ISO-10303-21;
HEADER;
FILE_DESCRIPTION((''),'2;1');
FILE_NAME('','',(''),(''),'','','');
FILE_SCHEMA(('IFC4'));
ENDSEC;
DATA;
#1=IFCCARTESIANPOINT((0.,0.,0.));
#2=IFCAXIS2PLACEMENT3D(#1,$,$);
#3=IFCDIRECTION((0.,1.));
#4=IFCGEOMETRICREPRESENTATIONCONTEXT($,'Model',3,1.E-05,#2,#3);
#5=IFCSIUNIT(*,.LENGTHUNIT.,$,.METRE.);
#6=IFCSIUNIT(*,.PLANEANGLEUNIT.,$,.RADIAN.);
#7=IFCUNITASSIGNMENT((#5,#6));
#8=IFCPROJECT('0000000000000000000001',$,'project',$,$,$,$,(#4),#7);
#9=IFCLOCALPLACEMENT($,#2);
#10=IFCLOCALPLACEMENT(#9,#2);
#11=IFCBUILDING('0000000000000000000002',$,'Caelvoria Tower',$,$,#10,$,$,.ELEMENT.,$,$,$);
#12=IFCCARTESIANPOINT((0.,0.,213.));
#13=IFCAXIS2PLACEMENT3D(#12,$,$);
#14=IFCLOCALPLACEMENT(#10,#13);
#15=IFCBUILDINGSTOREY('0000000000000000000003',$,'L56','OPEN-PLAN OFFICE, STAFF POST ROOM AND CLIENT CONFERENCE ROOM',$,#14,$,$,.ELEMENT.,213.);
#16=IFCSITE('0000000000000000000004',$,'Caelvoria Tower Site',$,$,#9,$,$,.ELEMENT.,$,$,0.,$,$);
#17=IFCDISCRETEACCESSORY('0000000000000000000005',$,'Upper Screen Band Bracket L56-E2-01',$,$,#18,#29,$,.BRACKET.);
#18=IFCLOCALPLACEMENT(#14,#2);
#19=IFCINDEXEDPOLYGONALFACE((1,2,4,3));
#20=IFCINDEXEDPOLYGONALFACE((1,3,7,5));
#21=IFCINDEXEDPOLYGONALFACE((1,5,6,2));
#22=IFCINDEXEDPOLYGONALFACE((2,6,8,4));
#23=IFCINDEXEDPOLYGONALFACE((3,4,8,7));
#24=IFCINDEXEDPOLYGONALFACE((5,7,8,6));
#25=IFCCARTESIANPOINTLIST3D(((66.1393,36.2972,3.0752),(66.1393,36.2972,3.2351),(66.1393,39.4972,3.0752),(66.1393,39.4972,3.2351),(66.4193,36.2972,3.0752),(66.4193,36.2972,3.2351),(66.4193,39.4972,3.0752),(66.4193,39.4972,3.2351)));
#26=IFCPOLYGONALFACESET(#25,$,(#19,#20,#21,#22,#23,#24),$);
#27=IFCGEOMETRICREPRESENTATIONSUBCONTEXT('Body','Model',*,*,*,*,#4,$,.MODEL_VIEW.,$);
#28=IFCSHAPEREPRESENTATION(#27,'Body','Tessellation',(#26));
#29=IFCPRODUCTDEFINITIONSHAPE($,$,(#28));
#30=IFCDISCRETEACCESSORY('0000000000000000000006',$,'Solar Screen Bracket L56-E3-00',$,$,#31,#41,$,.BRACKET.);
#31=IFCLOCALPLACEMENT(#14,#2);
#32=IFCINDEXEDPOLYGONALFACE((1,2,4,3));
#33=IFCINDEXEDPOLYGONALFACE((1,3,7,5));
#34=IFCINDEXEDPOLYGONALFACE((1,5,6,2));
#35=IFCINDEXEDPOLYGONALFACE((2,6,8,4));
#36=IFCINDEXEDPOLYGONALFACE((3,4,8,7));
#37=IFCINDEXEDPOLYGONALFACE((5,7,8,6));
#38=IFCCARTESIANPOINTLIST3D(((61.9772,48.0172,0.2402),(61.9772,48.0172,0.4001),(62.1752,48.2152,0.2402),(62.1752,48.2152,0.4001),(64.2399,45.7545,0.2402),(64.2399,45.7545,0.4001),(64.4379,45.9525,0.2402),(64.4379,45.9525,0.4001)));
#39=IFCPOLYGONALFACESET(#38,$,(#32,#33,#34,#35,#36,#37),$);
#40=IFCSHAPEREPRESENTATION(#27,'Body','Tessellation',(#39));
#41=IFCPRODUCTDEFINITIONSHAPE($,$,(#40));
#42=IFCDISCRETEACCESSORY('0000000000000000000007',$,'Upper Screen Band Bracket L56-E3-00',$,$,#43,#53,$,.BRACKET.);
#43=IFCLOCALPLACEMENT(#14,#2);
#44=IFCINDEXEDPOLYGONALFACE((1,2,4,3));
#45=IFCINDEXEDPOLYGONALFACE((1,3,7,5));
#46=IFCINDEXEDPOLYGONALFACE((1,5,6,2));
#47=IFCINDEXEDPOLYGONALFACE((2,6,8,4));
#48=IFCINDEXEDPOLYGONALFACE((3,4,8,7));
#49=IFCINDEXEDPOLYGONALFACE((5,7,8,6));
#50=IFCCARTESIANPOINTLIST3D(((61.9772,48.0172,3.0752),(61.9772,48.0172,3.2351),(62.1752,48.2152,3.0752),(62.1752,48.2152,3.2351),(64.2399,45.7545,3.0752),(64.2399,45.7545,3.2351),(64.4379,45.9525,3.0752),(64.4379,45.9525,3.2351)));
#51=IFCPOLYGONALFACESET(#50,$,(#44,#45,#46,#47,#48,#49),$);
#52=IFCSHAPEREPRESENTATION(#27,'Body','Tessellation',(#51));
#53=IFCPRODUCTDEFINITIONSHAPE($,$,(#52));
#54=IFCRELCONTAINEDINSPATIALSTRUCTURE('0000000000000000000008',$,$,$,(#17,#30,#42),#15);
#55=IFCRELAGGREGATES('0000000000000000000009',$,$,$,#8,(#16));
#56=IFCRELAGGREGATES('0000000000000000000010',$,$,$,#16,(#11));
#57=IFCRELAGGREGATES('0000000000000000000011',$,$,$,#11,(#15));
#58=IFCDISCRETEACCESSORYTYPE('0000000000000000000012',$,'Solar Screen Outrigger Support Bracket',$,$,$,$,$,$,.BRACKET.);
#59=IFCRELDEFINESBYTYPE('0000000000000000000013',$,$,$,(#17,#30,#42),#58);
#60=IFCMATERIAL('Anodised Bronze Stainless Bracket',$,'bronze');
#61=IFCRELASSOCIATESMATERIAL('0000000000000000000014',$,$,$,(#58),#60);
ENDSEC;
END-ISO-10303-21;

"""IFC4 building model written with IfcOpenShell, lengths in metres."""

from ifc_helpers import new_model, si_unit, direction, frame, origin, origin_2d, place, context, subcontext, project, spatial, rectangle, extrude, material, type_object, element, save


model = new_model("IFC4")

# Units and contexts
model_context = context("Model", 3, precision=1e-05, world=origin(), true_north=direction((0.0, 1.0)))
body_context = subcontext(model_context, "Body", "Model", "MODEL_VIEW")
ifc_project = project(units=[si_unit("LENGTHUNIT", "METRE"), si_unit("PLANEANGLEUNIT", "RADIAN")], contexts=[model_context])

# Site, building, storey
site_placement = place(None, origin())
site = spatial("IfcSite", under=ifc_project, at=site_placement, Name="Caelvoria Tower Site", CompositionType="ELEMENT", RefElevation=0.0)
building_placement = place(site_placement, origin())
building = spatial("IfcBuilding", under=site, at=building_placement, Name="Caelvoria Tower", CompositionType="ELEMENT")
storey_placement = place(building_placement, frame((0.0, 0.0, 213.0)))
storey = spatial("IfcBuildingStorey", under=building, at=storey_placement, Name="L56", Description="OPEN-PLAN OFFICE, STAFF POST ROOM AND CLIENT CONFERENCE ROOM", CompositionType="ELEMENT", Elevation=213.0)

# Discrete accessories
ifc_material_1 = material(Name="Anodised Bronze Stainless Bracket", Category="bronze")
discrete_accessory_type = type_object("IfcDiscreteAccessoryType", Name="Solar Screen Outrigger Support Bracket", PredefinedType="BRACKET", material=ifc_material_1)
for number, where, z_axis, x_axis, name in (
    (1, (66.2793, 37.8972, 3.0752), (0.0, 0.0, 1.0), (0.0, 1.0, 0.0), "Upper Screen Band Bracket L56-E2-01"),
    (2, (63.2075, 46.9849, 0.2402), (0.0, 0.0, 1.0), (-0.707107, 0.707107, 0.0), "Solar Screen Bracket L56-E3-00"),
    (3, (63.2075, 46.9849, 3.0752), (0.0, 0.0, 1.0), (-0.707107, 0.707107, 0.0), "Upper Screen Band Bracket L56-E3-00"),
):
    element("IfcDiscreteAccessory", number, at=place(storey_placement, frame(where, z_axis=z_axis, x_axis=x_axis)), inside=storey, type_object=discrete_accessory_type, Name=name, PredefinedType="BRACKET", context=body_context, shape_type="SweptSolid", body=[
        extrude(rectangle(XDim=3.2, YDim=0.28, at=origin_2d()), origin(), (0.0, 0.0, 1.0), 0.1599),
    ])

save(model, "model.ifc")
